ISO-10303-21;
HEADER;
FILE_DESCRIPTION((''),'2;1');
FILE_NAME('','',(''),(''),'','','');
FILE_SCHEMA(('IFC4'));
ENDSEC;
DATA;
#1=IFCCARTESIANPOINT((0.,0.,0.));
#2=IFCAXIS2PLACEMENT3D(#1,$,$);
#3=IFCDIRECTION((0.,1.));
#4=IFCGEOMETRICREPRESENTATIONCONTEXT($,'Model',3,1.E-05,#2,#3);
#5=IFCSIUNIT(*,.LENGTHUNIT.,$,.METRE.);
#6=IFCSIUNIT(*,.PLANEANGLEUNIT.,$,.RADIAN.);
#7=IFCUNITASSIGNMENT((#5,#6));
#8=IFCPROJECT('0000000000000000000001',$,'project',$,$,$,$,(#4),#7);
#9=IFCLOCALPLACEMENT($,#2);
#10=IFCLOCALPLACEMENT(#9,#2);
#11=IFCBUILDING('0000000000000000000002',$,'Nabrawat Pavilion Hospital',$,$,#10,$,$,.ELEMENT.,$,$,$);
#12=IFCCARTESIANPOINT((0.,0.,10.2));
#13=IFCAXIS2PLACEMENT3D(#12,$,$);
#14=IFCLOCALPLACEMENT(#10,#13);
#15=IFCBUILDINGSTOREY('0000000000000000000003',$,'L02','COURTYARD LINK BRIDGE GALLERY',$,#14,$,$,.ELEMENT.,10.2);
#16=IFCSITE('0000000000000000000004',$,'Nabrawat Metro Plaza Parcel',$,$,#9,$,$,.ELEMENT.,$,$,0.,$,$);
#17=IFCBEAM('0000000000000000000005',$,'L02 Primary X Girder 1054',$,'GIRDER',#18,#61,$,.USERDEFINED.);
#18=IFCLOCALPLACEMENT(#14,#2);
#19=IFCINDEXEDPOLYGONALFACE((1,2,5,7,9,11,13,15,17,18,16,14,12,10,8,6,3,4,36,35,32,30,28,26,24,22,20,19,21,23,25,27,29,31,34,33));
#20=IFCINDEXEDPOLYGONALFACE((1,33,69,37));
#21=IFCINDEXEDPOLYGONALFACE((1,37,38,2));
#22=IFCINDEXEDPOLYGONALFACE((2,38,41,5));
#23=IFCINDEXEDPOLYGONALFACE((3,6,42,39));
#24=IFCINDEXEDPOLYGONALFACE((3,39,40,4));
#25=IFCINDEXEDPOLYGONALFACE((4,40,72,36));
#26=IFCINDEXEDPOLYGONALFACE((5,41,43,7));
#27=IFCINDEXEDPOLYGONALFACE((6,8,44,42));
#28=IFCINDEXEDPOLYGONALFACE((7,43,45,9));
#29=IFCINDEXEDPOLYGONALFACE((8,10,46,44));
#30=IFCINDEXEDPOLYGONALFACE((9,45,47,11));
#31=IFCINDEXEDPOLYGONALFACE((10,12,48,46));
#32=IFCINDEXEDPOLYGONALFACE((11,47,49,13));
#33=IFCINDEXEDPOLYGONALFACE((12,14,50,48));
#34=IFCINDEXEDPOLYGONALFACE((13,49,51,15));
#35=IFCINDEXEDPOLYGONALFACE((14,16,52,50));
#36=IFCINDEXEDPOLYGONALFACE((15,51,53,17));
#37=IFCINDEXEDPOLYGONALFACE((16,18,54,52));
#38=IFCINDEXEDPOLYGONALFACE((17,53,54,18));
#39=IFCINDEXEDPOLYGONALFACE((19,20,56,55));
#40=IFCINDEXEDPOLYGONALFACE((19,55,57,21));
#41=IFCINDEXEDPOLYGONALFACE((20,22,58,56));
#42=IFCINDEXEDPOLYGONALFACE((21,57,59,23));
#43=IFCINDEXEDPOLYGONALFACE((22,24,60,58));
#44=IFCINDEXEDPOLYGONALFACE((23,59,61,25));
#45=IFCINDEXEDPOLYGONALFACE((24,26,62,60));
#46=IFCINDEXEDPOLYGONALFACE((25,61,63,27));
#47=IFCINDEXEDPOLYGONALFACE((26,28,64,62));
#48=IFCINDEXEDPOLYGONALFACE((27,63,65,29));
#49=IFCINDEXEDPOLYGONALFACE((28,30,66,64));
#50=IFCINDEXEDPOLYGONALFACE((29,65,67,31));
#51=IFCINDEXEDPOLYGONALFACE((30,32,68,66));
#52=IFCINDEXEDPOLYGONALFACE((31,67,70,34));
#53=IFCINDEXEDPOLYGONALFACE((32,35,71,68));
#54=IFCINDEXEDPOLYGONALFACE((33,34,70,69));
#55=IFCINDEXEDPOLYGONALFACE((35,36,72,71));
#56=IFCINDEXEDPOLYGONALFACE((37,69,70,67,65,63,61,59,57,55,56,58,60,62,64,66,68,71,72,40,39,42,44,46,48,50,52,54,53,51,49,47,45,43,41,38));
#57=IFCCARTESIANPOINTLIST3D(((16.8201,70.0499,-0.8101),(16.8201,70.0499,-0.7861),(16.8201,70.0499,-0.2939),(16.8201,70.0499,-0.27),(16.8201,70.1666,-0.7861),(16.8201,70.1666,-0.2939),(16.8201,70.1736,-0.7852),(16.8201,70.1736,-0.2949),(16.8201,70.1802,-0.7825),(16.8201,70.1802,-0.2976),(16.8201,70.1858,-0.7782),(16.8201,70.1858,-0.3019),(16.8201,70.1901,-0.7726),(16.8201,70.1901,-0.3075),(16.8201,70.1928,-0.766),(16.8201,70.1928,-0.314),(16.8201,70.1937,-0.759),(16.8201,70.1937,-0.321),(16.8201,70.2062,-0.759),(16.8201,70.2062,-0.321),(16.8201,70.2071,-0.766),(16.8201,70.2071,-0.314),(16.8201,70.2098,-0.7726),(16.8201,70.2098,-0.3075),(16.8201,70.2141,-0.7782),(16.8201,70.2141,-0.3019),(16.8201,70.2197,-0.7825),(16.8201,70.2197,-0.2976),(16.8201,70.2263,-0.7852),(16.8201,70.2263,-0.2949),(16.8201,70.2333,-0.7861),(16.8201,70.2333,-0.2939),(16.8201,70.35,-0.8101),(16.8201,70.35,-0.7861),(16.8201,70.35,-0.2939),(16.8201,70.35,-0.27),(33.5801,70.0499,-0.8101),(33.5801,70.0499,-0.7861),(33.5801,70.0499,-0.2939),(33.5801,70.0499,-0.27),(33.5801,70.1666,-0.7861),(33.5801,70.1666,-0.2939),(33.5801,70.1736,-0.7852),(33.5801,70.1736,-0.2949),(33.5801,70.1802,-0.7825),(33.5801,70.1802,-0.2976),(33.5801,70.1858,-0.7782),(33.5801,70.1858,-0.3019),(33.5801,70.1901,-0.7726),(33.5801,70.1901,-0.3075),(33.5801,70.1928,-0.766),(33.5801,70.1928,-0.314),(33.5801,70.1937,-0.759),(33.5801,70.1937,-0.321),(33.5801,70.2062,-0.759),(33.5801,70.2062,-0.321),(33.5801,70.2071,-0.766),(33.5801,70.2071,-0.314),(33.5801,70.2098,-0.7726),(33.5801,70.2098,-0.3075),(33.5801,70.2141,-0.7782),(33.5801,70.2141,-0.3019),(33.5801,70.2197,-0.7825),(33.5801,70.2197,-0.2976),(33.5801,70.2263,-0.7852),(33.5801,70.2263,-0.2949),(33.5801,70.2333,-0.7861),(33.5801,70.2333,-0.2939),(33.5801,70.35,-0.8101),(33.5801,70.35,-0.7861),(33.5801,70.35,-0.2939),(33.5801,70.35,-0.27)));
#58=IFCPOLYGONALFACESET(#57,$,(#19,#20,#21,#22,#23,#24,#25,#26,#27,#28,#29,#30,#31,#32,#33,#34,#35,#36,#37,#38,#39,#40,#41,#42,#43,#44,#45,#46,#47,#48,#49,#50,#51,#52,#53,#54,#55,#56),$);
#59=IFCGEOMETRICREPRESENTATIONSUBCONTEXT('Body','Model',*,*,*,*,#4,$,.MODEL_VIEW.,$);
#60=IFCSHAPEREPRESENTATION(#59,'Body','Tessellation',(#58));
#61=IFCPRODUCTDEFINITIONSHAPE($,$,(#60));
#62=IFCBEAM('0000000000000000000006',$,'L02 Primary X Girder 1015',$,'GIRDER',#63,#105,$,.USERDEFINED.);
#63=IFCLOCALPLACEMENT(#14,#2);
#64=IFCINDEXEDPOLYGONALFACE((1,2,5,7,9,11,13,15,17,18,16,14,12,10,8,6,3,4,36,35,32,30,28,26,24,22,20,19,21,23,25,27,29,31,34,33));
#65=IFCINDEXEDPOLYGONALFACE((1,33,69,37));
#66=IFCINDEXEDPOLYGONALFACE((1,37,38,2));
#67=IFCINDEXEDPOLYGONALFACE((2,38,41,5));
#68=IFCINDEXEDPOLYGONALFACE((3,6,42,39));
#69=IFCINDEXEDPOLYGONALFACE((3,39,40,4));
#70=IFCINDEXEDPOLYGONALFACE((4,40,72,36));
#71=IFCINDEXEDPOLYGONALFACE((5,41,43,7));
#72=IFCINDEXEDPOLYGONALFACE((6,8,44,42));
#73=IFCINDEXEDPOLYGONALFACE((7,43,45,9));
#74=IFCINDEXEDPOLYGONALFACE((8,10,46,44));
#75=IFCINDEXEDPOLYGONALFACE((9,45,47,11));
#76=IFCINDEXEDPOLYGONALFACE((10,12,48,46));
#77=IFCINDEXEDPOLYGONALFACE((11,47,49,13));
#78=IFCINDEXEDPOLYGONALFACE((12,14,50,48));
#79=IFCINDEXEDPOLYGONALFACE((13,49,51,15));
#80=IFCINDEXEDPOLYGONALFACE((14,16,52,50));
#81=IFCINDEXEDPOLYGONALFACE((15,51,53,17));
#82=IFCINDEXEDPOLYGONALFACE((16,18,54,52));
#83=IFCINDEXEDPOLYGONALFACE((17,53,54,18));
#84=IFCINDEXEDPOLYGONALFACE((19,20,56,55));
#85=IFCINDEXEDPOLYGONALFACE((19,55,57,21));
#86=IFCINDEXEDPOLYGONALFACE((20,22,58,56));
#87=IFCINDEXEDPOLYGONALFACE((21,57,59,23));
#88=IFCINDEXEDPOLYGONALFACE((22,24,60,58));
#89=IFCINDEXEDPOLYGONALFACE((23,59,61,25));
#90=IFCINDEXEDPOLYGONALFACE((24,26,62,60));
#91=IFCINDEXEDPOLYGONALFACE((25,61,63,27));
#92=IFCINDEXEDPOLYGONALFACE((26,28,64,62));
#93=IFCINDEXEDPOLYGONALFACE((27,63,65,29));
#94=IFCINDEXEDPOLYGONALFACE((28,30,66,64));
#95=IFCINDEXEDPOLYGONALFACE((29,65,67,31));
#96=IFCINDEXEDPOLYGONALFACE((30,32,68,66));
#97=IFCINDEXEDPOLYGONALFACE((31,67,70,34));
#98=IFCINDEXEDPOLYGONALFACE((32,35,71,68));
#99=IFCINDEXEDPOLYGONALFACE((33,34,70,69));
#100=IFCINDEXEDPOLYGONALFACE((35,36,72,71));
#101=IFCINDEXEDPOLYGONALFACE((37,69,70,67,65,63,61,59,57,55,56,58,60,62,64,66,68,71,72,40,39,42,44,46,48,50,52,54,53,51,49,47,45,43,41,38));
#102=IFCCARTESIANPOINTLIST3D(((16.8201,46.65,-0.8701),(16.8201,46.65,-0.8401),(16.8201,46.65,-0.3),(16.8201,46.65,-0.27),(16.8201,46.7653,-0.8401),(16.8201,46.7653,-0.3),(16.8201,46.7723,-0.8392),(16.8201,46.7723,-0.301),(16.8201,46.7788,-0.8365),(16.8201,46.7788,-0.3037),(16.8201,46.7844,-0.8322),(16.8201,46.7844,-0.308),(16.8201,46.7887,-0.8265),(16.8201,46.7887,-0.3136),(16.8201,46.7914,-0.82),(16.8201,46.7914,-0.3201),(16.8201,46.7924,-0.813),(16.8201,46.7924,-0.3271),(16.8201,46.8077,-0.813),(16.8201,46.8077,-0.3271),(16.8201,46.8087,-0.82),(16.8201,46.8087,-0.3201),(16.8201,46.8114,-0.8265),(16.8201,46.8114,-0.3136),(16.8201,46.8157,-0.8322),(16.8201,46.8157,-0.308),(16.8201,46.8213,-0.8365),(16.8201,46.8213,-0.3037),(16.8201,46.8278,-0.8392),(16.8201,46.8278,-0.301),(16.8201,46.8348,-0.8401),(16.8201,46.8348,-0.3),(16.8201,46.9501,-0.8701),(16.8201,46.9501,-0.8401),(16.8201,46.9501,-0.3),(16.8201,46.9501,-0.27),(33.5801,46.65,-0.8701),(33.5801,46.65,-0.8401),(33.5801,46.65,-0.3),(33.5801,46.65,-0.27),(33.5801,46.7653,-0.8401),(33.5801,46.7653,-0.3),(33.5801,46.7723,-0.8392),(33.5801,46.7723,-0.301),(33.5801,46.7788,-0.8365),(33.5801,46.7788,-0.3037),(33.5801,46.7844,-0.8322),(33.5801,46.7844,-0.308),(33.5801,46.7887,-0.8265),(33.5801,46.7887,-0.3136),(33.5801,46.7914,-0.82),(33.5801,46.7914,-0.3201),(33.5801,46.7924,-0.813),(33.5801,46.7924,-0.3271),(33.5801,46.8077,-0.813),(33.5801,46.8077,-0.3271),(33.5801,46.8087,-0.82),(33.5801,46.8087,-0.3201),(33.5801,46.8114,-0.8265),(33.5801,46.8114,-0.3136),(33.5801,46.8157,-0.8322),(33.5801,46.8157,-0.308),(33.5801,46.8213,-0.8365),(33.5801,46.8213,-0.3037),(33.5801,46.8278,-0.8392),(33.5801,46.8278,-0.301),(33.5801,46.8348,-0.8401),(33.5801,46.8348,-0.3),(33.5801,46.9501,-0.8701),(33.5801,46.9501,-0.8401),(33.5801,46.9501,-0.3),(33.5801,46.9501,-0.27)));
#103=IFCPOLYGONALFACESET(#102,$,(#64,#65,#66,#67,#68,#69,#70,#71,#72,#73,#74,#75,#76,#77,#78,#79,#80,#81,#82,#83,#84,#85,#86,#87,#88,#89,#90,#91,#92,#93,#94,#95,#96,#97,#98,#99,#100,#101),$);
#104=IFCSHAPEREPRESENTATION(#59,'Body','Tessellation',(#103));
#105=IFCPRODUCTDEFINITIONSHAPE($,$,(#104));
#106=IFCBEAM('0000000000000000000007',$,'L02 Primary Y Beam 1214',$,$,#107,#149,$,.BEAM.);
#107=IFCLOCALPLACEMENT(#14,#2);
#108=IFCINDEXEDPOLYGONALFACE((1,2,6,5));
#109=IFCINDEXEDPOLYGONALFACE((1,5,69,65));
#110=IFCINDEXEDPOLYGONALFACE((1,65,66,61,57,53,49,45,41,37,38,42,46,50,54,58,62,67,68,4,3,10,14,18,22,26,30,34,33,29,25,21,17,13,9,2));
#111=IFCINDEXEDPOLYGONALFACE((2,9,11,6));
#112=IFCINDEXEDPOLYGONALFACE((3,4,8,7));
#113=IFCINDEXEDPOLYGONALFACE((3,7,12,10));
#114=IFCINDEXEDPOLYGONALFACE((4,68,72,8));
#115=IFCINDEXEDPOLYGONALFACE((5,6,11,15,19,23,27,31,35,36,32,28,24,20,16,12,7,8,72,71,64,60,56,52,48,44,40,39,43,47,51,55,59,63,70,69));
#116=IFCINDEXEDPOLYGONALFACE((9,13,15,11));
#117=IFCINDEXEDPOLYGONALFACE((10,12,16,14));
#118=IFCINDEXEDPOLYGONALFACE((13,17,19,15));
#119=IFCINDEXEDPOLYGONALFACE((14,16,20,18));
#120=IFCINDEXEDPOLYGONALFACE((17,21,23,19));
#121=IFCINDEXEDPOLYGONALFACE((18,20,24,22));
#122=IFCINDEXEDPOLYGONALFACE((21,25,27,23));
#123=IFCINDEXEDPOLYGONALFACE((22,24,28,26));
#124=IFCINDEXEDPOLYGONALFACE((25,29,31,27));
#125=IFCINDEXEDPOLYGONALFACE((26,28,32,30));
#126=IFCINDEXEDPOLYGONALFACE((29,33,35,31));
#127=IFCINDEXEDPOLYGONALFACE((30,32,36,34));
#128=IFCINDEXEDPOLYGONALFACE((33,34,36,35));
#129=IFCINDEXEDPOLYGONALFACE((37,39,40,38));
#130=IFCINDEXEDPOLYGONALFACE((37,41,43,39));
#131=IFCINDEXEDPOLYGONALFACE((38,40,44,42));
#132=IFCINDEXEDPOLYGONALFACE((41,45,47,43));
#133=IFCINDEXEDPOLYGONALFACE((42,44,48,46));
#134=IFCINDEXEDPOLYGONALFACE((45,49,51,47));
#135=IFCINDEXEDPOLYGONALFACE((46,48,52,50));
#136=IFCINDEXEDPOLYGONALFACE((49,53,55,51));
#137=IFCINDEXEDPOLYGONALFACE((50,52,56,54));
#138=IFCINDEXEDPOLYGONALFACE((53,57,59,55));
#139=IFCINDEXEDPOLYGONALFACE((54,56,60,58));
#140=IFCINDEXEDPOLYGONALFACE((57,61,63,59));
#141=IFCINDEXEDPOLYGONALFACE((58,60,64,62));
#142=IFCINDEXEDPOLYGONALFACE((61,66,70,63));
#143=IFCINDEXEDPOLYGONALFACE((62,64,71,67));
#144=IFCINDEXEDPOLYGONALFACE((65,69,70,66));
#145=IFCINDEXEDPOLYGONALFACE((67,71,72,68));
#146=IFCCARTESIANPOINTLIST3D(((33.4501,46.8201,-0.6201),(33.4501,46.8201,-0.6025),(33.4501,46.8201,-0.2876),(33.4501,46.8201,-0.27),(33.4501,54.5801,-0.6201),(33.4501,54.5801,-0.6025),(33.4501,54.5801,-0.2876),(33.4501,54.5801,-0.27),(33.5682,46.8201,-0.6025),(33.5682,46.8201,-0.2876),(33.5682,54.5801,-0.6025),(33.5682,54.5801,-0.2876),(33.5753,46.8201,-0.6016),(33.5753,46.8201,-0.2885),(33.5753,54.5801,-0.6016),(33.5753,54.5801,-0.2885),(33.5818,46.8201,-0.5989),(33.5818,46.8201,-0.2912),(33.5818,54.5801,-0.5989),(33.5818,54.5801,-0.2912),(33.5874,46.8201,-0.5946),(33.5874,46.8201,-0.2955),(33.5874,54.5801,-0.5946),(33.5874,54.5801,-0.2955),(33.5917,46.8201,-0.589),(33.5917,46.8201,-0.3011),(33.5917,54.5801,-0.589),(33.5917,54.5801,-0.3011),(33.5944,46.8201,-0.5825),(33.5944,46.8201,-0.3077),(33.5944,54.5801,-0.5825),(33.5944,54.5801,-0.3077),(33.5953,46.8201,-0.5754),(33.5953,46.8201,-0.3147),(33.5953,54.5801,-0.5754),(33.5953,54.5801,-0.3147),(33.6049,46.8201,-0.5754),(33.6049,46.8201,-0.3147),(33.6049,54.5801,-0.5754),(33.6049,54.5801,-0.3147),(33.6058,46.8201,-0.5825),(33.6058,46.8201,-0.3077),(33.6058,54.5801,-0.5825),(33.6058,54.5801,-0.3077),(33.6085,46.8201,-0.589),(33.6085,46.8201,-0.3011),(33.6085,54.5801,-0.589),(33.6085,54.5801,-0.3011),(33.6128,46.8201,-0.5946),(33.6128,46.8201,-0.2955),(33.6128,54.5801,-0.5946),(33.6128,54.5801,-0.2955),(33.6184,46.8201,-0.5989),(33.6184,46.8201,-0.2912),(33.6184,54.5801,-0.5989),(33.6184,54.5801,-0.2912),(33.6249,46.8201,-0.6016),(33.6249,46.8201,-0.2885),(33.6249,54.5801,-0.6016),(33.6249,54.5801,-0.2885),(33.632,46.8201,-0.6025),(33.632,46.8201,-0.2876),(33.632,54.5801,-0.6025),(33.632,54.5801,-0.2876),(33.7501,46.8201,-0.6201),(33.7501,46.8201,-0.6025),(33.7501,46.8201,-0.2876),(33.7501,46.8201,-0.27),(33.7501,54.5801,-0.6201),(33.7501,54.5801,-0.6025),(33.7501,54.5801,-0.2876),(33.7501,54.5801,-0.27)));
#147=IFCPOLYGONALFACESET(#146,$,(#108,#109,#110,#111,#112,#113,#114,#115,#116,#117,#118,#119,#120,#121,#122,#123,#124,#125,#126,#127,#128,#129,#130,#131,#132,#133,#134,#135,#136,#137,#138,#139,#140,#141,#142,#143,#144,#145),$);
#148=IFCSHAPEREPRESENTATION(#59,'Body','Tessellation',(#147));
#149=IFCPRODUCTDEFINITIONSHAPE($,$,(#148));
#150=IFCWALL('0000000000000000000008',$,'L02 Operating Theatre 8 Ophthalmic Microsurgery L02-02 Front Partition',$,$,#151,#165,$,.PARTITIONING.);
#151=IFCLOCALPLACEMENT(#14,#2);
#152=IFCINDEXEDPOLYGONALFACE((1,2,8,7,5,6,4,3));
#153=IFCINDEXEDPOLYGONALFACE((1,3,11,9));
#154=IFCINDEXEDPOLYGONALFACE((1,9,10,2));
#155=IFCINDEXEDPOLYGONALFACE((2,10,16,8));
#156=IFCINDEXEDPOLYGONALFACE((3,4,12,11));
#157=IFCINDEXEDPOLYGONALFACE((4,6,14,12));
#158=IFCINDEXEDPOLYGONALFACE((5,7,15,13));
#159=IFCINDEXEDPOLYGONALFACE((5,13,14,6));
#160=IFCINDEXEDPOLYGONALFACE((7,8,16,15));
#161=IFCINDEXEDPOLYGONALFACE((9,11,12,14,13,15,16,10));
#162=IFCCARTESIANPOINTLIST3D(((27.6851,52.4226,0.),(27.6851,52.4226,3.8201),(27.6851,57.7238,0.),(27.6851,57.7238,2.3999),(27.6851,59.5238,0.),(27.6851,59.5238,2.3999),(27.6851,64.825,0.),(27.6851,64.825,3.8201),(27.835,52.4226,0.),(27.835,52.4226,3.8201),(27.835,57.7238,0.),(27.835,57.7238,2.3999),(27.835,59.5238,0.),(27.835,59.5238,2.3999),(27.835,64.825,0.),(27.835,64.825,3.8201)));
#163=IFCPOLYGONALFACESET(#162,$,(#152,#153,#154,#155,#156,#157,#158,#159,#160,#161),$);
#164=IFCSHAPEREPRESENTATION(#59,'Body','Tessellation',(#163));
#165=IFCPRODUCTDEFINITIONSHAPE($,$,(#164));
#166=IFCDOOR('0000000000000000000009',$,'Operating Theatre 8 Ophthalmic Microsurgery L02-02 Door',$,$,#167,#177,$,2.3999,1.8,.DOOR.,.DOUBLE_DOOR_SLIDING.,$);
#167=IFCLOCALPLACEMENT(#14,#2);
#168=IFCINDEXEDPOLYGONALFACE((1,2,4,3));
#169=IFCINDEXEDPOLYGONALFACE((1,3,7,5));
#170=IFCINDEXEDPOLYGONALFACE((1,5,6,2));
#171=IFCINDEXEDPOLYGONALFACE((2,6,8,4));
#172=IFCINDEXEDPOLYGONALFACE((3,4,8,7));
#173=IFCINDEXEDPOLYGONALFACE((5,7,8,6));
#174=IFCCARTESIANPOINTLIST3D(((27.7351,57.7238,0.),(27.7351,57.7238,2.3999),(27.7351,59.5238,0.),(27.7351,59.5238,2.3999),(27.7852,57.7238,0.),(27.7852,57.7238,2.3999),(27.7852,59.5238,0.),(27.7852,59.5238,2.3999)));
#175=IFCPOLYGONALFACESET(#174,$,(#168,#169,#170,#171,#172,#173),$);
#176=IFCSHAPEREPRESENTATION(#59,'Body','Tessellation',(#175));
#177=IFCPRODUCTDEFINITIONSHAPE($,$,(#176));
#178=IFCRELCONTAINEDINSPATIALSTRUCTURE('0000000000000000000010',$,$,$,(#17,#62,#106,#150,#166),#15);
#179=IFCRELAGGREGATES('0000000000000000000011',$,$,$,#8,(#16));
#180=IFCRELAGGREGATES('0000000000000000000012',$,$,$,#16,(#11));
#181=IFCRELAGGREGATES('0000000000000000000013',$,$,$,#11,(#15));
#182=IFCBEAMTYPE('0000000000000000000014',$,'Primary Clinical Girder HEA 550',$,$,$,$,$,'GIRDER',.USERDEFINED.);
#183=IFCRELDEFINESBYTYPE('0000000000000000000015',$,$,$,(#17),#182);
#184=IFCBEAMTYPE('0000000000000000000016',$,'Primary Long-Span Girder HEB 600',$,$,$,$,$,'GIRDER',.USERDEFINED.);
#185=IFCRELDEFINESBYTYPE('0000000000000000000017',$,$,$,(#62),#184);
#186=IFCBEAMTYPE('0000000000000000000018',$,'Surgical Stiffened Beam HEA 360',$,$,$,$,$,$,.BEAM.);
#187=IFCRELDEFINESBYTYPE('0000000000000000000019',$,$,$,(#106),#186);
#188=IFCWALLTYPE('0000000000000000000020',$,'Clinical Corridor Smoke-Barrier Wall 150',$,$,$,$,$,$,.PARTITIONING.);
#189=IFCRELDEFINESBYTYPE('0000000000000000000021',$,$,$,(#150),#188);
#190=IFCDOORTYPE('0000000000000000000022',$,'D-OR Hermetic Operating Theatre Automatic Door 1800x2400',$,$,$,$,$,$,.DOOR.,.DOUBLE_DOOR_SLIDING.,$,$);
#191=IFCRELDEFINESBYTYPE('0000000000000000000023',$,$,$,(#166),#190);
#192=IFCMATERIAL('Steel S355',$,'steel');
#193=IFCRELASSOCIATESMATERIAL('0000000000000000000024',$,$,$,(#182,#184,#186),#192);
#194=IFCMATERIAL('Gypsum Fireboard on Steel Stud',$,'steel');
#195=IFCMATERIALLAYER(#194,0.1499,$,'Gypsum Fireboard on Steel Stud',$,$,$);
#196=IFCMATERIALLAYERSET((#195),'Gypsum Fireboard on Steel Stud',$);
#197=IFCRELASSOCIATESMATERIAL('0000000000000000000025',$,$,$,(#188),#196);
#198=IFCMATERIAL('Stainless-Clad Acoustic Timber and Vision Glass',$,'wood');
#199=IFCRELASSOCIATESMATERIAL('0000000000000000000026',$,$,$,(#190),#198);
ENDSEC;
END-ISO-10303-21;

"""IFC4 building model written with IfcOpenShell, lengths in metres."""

from ifc_helpers import new_model, si_unit, direction, frame, frame_2d, origin, origin_2d, place, context, subcontext, project, spatial, rectangle, i_section, extrude, material, layer, layer_set, material_profile, profile_set, type_object, element, fill, save


model = new_model("IFC4")

# Units and contexts
model_context = context("Model", 3, precision=1e-05, world=origin(), true_north=direction((0.0, 1.0)))
body_context = subcontext(model_context, "Body", "Model", "MODEL_VIEW")
ifc_project = project(units=[si_unit("LENGTHUNIT", "METRE"), si_unit("PLANEANGLEUNIT", "RADIAN")], contexts=[model_context])

# Site, building, storey
site_placement = place(None, origin())
site = spatial("IfcSite", under=ifc_project, at=site_placement, Name="Nabrawat Metro Plaza Parcel", CompositionType="ELEMENT", RefElevation=0.0)
building_placement = place(site_placement, origin())
building = spatial("IfcBuilding", under=site, at=building_placement, Name="Nabrawat Pavilion Hospital", CompositionType="ELEMENT")
storey_placement = place(building_placement, frame((0.0, 0.0, 10.2)))
storey = spatial("IfcBuildingStorey", under=building, at=storey_placement, Name="L02", Description="COURTYARD LINK BRIDGE GALLERY", CompositionType="ELEMENT", Elevation=10.2)

# Shared definitions
ifc_material_1 = material(Name="Steel S355", Category="steel")

# Beams
ifc_material_profile_1 = material_profile(ifc_material_1, i_section(OverallWidth=0.3, OverallDepth=0.54, WebThickness=0.0125, FlangeThickness=0.0239, FilletRadius=0.0271, at=origin_2d()), Name="HEA 550")
ifc_profile_set_1 = profile_set([ifc_material_profile_1], Name="Steel S355")
beam_type_1 = type_object("IfcBeamType", Name="Primary Clinical Girder HEA 550", ElementType="GIRDER", PredefinedType="USERDEFINED", material=ifc_profile_set_1)
for number, where, z_axis, x_axis, name in (
    (1, (16.8201, 70.2, -0.54), (1.0, 0.0, 0.0), (0.0, 1.0, 0.0), "L02 Primary X Girder 1054"),
):
    element("IfcBeam", number, at=place(storey_placement, frame(where, z_axis=z_axis, x_axis=x_axis)), inside=storey, type_object=beam_type_1, Name=name, ObjectType="GIRDER", PredefinedType="USERDEFINED", context=body_context, shape_type="SweptSolid", body=[
        extrude(i_section(OverallWidth=0.3, OverallDepth=0.54, WebThickness=0.0125, FlangeThickness=0.0239, FilletRadius=0.0271, at=origin_2d()), origin(), (0.0, 0.0, 1.0), 16.76),
    ])
ifc_material_profile_2 = material_profile(ifc_material_1, i_section(OverallWidth=0.3, OverallDepth=0.6001, WebThickness=0.0154, FlangeThickness=0.03, FilletRadius=0.0271, at=origin_2d()), Name="HEB 600")
ifc_profile_set_2 = profile_set([ifc_material_profile_2], Name="Steel S355")
beam_type_2 = type_object("IfcBeamType", Name="Primary Long-Span Girder HEB 600", ElementType="GIRDER", PredefinedType="USERDEFINED", material=ifc_profile_set_2)
beam_1_placement = place(storey_placement, frame((16.8201, 46.8, -0.5701), z_axis=(1.0, 0.0, 0.0), x_axis=(0.0, 1.0, 0.0)))
element("IfcBeam", 2, at=beam_1_placement, inside=storey, type_object=beam_type_2, Name="L02 Primary X Girder 1015", ObjectType="GIRDER", PredefinedType="USERDEFINED", context=body_context, shape_type="SweptSolid", body=[
    extrude(i_section(OverallWidth=0.3, OverallDepth=0.6001, WebThickness=0.0154, FlangeThickness=0.03, FilletRadius=0.0271, at=origin_2d()), origin(), (0.0, 0.0, 1.0), 16.76),
])
ifc_material_profile_3 = material_profile(ifc_material_1, i_section(OverallWidth=0.3, OverallDepth=0.3501, WebThickness=0.0095, FlangeThickness=0.0176, FilletRadius=0.0271, at=origin_2d()), Name="HEA 360")
ifc_profile_set_3 = profile_set([ifc_material_profile_3], Name="Steel S355")
beam_type_3 = type_object("IfcBeamType", Name="Surgical Stiffened Beam HEA 360", PredefinedType="BEAM", material=ifc_profile_set_3)
beam_2_placement = place(storey_placement, frame((33.6001, 46.8201, -0.4451), z_axis=(0.0, 1.0, 0.0), x_axis=(-1.0, 0.0, 0.0)))
element("IfcBeam", 3, at=beam_2_placement, inside=storey, type_object=beam_type_3, Name="L02 Primary Y Beam 1214", PredefinedType="BEAM", context=body_context, shape_type="SweptSolid", body=[
    extrude(i_section(OverallWidth=0.3, OverallDepth=0.3501, WebThickness=0.0095, FlangeThickness=0.0176, FilletRadius=0.0271, at=origin_2d()), origin(), (0.0, 0.0, 1.0), 7.76),
])

# Wall, opening, door
ifc_material_2 = material(Name="Gypsum Fireboard on Steel Stud", Category="steel")
ifc_layer_1 = layer(ifc_material_2, 0.1499, Name="Gypsum Fireboard on Steel Stud")
ifc_layer_set_1 = layer_set([ifc_layer_1], Name="Gypsum Fireboard on Steel Stud")
wall_type_1 = type_object("IfcWallType", Name="Clinical Corridor Smoke-Barrier Wall 150", PredefinedType="PARTITIONING", material=ifc_layer_set_1)
wall_1_placement = place(storey_placement, frame((27.76, 52.4226, 0.0), z_axis=(0.0, 0.0, 1.0), x_axis=(0.0, 1.0, 0.0)))
wall_1 = element("IfcWall", 4, at=wall_1_placement, inside=storey, type_object=wall_type_1, Name="L02 Operating Theatre 8 Ophthalmic Microsurgery L02-02 Front Partition", PredefinedType="PARTITIONING", context=body_context, shape_type="SweptSolid", body=[
    extrude(rectangle(XDim=12.4023, YDim=0.1499, at=frame_2d((6.2012, 0.0))), origin(), (0.0, 0.0, 1.0), 3.8201),
])
opening_1_placement = place(wall_1_placement, frame((5.3013, 0.0, 0.0)))
opening_1 = element("IfcOpeningElement", 5, at=opening_1_placement, cuts=wall_1, PredefinedType="OPENING", context=body_context, shape_type="SweptSolid", body=[
    extrude(rectangle(XDim=1.8, YDim=2.3999, at=frame_2d((0.8999, 1.2))), frame((0.0, 0.085, 0.0), z_axis=(0.0, -1.0, 0.0), x_axis=(1.0, 0.0, 0.0)), (0.0, 0.0, 1.0), 0.1699),
])
ifc_material_3 = material(Name="Stainless-Clad Acoustic Timber and Vision Glass", Category="wood")
door_type_1 = type_object("IfcDoorType", Name="D-OR Hermetic Operating Theatre Automatic Door 1800x2400", OperationType="DOUBLE_DOOR_SLIDING", PredefinedType="DOOR", material=ifc_material_3)
door_1_placement = place(opening_1_placement, origin())
door_1 = element("IfcDoor", 6, at=door_1_placement, inside=storey, type_object=door_type_1, Name="Operating Theatre 8 Ophthalmic Microsurgery L02-02 Door", OperationType="DOUBLE_DOOR_SLIDING", OverallHeight=2.3999, OverallWidth=1.8, PredefinedType="DOOR", context=body_context, shape_type="SweptSolid", body=[
    extrude(rectangle(XDim=1.8, YDim=2.3999, at=frame_2d((0.8999, 1.2))), frame((0.0, 0.0249, 0.0), z_axis=(0.0, -1.0, 0.0), x_axis=(1.0, 0.0, 0.0)), (0.0, 0.0, 1.0), 0.05),
])
fill(opening_1, door_1)

save(model, "model.ifc")
